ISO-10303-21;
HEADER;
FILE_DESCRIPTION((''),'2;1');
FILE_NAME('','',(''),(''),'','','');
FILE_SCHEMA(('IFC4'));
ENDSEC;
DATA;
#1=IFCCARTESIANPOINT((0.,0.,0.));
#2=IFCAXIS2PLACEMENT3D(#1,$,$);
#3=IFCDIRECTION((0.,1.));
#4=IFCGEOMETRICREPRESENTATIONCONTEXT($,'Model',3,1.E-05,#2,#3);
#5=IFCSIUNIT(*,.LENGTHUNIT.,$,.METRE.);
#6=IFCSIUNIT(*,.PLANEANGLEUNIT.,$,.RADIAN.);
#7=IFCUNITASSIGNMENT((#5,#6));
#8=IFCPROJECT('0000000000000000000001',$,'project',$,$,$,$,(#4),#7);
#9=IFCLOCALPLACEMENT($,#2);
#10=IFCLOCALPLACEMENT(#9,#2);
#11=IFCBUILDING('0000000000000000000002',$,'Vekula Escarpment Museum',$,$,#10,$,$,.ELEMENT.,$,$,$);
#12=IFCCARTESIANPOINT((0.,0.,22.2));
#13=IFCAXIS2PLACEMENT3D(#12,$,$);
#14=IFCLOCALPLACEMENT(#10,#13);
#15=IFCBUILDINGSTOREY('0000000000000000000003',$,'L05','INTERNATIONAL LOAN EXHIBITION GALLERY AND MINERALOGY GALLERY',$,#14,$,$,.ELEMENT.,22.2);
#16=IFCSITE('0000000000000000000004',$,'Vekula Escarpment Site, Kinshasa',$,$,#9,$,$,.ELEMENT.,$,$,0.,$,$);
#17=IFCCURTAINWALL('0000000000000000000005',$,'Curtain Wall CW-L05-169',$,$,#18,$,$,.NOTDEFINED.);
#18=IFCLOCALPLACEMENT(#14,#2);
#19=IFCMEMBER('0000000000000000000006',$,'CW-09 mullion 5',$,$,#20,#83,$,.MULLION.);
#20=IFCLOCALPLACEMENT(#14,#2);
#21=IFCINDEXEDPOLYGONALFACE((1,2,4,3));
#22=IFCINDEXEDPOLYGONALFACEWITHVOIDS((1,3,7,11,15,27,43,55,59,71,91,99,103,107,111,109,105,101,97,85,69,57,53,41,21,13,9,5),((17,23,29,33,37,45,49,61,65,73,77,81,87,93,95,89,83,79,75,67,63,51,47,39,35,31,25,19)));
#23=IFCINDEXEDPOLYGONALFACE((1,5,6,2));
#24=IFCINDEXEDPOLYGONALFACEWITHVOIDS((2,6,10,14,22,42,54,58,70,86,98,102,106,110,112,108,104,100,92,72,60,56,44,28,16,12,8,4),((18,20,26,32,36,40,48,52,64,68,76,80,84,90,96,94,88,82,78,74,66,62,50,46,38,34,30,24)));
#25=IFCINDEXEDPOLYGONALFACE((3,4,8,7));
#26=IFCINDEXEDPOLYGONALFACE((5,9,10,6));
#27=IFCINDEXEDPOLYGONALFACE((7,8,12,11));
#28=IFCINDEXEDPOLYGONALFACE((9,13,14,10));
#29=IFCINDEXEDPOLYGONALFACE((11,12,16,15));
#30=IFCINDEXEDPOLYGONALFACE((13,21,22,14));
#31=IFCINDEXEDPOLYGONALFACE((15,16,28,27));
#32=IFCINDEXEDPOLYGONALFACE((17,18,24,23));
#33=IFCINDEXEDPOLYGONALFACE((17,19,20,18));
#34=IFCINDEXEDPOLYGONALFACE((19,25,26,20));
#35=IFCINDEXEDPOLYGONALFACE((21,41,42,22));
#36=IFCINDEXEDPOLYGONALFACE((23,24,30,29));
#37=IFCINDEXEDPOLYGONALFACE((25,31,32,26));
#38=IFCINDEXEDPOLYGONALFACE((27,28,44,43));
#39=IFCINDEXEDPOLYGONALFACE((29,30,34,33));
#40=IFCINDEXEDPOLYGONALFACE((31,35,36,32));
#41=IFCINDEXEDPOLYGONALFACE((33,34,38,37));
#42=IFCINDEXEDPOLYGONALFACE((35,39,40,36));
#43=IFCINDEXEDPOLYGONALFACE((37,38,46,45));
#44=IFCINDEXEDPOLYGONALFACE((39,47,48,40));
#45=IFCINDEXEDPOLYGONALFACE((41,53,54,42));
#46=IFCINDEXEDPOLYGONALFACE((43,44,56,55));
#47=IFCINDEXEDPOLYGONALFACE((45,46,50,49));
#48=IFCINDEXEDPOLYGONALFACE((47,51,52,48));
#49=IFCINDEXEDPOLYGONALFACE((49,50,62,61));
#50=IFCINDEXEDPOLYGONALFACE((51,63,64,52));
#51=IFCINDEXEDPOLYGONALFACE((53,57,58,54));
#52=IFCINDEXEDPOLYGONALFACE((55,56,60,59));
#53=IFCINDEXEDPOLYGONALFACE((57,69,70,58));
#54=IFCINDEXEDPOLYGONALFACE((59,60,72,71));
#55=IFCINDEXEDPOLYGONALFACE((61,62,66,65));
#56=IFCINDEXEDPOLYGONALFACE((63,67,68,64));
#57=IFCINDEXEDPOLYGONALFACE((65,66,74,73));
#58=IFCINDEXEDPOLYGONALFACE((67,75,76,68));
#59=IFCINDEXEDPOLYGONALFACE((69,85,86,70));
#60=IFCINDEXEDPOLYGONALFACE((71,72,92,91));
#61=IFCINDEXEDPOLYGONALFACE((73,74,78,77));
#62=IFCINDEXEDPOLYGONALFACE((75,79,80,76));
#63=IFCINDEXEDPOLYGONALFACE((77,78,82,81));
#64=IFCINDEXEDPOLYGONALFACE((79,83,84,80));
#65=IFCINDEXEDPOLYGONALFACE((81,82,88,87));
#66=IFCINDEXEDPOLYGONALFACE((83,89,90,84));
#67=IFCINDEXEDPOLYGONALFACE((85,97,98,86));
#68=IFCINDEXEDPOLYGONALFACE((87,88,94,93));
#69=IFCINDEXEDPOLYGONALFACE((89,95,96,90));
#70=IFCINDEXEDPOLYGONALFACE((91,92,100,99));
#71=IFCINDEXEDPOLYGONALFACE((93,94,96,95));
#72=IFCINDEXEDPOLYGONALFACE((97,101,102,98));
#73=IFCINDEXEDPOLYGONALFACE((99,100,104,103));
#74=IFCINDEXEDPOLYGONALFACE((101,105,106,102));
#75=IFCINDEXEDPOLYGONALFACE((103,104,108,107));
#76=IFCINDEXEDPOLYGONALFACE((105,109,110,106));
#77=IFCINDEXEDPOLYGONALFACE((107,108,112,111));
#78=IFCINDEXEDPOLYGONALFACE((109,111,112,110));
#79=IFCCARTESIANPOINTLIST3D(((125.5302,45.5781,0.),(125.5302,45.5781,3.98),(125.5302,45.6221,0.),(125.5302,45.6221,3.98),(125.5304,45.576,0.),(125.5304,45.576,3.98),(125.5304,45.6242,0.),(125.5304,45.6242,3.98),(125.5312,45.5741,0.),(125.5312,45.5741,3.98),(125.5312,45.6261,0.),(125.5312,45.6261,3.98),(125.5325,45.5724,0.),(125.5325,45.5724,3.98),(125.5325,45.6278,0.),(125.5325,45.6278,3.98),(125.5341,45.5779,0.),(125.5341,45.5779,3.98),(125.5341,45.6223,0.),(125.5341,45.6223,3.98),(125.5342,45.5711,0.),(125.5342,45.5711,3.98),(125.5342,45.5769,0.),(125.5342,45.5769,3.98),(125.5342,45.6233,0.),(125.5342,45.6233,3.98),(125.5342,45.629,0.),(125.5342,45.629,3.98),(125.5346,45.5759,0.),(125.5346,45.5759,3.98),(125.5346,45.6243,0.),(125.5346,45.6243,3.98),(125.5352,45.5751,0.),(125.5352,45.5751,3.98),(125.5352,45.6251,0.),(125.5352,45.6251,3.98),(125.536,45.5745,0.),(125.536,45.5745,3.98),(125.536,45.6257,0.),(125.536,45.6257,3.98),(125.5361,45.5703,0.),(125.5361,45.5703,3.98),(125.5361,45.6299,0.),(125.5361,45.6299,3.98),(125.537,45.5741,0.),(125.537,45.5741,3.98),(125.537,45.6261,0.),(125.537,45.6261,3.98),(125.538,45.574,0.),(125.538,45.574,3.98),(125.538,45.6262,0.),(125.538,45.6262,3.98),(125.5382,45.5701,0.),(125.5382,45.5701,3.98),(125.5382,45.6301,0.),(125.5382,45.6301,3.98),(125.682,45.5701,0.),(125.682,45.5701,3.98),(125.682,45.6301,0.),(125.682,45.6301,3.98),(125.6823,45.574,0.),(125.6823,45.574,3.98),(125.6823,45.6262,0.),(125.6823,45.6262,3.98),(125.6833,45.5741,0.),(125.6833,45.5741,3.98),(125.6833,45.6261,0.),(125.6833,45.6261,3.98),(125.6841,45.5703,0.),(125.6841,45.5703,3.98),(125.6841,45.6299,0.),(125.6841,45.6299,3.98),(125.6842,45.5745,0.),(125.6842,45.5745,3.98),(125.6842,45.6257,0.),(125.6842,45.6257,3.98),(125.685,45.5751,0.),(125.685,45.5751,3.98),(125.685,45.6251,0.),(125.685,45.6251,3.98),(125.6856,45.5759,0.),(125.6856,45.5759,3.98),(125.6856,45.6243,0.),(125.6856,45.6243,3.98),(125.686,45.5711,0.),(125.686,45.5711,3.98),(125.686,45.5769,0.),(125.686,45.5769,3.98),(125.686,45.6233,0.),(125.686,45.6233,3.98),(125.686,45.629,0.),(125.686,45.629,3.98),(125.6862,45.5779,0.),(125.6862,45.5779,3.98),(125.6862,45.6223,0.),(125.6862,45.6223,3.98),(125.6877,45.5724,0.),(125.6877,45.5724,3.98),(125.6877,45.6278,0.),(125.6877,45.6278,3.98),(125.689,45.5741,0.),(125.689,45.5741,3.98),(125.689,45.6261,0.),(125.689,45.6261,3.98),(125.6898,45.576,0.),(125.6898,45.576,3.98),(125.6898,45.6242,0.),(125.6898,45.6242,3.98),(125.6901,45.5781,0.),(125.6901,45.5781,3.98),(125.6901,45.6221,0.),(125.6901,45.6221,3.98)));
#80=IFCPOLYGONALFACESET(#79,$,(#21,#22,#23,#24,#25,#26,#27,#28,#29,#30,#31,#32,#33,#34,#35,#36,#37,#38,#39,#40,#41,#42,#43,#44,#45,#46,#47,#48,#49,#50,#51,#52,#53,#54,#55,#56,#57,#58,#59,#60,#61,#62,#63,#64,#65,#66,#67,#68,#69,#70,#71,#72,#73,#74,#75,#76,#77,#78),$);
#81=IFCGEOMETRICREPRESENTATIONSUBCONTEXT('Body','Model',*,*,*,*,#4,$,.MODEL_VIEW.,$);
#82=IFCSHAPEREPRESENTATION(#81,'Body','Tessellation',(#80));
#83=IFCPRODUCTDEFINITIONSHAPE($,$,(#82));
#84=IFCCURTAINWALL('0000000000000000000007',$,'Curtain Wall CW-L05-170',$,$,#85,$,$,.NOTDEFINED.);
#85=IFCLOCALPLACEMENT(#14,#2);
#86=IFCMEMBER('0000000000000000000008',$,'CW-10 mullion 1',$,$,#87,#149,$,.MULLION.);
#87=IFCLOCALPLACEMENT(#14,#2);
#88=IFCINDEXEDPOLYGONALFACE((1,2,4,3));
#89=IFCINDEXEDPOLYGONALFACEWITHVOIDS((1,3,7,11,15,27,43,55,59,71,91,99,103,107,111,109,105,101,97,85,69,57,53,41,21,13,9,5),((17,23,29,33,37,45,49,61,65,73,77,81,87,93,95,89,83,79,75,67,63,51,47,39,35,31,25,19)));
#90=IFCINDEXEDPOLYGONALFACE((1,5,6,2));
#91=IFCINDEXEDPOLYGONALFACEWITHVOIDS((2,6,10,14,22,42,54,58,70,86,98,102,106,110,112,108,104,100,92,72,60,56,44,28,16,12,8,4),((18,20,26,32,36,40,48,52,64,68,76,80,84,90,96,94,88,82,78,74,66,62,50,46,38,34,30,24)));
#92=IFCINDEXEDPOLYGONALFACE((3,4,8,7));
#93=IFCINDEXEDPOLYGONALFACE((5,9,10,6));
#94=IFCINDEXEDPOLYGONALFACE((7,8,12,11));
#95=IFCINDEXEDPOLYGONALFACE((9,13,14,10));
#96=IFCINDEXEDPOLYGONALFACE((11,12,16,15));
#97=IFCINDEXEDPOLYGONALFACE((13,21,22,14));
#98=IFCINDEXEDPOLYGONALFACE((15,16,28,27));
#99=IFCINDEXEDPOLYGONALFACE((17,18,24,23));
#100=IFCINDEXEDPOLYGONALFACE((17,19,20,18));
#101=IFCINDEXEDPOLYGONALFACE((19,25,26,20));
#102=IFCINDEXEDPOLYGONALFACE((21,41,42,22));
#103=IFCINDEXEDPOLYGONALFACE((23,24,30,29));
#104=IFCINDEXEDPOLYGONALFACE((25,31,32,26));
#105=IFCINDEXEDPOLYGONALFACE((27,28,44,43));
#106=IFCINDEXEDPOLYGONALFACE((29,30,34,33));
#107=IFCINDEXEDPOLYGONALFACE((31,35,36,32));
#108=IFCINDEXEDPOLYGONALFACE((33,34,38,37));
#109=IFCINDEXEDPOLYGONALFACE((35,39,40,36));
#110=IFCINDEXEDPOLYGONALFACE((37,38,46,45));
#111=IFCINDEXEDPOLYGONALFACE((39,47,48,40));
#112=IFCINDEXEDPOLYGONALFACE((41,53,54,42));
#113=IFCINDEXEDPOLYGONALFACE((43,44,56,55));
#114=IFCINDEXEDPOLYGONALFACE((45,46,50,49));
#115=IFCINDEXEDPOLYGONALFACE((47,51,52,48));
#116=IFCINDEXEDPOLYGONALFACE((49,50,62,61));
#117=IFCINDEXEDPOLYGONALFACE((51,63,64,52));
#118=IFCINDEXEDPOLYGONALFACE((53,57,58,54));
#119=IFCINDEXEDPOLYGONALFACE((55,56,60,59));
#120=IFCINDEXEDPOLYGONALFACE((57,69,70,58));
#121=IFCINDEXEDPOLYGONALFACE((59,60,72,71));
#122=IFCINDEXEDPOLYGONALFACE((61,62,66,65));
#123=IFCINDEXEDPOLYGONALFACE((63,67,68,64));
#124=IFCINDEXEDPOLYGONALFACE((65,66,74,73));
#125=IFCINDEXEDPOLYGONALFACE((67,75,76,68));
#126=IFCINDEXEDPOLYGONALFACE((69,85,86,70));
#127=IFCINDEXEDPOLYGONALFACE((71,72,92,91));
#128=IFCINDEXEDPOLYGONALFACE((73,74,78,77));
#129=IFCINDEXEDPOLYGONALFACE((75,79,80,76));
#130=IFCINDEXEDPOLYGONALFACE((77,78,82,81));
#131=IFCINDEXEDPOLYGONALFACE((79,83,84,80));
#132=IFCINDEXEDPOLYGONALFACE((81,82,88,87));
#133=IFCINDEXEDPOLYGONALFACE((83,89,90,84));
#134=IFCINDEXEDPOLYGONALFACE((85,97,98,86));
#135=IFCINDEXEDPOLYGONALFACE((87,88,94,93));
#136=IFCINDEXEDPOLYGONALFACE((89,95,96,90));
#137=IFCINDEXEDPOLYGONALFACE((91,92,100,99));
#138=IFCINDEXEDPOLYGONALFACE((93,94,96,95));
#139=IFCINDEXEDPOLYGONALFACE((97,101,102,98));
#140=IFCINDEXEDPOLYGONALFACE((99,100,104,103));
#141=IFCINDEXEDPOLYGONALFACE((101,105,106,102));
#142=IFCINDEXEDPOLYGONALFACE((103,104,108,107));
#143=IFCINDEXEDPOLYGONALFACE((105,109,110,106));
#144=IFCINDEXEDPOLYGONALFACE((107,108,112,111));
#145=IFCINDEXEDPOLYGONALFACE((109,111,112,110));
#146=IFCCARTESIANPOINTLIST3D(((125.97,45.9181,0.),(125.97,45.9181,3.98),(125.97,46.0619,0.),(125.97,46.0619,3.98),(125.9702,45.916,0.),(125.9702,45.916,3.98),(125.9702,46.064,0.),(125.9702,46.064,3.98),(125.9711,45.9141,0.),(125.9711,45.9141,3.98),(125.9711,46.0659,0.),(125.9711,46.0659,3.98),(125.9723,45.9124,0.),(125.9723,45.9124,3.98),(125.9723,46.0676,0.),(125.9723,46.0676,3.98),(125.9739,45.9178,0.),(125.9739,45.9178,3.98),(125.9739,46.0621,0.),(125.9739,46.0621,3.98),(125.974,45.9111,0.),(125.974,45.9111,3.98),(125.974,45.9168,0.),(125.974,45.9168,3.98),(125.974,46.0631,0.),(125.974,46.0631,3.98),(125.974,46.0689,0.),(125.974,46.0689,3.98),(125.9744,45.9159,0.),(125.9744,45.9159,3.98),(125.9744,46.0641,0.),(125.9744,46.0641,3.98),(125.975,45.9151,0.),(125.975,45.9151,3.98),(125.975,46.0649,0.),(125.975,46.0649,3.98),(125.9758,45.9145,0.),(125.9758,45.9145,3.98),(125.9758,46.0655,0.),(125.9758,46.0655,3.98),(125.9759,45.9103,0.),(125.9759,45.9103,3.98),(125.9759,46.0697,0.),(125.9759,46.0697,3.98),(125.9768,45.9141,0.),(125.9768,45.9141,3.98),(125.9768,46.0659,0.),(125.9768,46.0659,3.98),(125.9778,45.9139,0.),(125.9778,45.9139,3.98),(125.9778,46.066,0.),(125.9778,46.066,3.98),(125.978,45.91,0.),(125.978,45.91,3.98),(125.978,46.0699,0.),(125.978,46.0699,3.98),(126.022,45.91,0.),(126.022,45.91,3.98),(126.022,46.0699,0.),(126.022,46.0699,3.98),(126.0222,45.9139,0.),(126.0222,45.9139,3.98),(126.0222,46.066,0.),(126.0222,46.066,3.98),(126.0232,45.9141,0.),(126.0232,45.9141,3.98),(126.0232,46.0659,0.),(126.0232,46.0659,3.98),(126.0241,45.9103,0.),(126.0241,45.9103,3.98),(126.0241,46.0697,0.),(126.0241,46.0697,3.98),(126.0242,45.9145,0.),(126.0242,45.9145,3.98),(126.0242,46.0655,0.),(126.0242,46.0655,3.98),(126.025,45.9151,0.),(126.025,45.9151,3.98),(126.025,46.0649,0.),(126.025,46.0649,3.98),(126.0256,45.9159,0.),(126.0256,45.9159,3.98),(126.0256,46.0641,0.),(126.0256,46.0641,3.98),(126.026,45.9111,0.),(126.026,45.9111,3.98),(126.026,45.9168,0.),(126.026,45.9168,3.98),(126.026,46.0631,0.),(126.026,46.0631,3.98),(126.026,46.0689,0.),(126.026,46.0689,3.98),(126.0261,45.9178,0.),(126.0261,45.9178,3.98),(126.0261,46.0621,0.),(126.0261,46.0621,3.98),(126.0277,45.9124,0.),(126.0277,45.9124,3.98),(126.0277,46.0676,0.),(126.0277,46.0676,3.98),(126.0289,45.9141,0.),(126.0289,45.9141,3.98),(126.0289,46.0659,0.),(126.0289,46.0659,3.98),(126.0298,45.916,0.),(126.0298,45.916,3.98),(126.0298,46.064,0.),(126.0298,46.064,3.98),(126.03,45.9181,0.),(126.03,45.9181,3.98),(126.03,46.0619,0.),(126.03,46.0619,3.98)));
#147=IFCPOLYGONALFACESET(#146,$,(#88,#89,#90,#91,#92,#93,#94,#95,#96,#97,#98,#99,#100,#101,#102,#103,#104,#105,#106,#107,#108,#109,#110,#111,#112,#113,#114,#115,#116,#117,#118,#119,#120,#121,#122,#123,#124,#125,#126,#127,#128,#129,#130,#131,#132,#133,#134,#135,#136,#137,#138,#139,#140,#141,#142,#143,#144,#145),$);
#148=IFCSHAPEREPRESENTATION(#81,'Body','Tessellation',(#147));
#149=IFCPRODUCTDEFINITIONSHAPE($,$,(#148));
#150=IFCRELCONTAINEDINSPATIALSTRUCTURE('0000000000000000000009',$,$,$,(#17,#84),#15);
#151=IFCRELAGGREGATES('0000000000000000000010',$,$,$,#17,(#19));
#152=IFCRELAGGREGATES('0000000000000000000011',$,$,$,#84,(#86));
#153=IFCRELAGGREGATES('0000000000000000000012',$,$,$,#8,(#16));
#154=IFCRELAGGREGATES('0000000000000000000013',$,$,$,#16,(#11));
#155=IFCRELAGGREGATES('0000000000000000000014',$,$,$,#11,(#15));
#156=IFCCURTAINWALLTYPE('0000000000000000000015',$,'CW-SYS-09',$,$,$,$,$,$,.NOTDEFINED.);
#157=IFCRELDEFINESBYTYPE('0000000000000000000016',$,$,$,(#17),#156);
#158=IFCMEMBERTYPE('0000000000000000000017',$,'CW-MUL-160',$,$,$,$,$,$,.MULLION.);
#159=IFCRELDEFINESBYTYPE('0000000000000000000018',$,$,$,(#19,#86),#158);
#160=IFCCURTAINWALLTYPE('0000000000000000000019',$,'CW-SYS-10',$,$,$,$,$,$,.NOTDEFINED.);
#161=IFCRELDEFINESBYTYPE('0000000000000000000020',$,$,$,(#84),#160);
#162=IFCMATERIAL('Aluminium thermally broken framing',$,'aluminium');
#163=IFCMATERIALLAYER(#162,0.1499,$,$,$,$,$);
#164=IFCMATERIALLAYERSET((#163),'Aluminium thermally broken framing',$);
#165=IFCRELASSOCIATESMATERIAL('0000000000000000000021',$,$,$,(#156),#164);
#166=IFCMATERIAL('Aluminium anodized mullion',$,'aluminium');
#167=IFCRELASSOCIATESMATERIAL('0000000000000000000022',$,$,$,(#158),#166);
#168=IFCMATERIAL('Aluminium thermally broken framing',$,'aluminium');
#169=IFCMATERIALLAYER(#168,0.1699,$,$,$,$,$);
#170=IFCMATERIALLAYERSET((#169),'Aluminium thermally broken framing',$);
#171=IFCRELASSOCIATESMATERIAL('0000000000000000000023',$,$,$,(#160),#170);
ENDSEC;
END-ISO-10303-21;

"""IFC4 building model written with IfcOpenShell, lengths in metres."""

from ifc_helpers import new_model, si_unit, direction, frame, origin, origin_2d, place, context, subcontext, project, spatial, hollow_rectangle, extrude, material, layer, layer_set, material_profile, profile_set, type_object, element, aggregate, save


model = new_model("IFC4")

# Units and contexts
model_context = context("Model", 3, precision=1e-05, world=origin(), true_north=direction((0.0, 1.0)))
body_context = subcontext(model_context, "Body", "Model", "MODEL_VIEW")
ifc_project = project(units=[si_unit("LENGTHUNIT", "METRE"), si_unit("PLANEANGLEUNIT", "RADIAN")], contexts=[model_context])

# Site, building, storey
site_placement = place(None, origin())
site = spatial("IfcSite", under=ifc_project, at=site_placement, Name="Vekula Escarpment Site, Kinshasa", CompositionType="ELEMENT", RefElevation=0.0)
building_placement = place(site_placement, origin())
building = spatial("IfcBuilding", under=site, at=building_placement, Name="Vekula Escarpment Museum", CompositionType="ELEMENT")
storey_placement = place(building_placement, frame((0.0, 0.0, 22.2)))
storey = spatial("IfcBuildingStorey", under=building, at=storey_placement, Name="L05", Description="INTERNATIONAL LOAN EXHIBITION GALLERY AND MINERALOGY GALLERY", CompositionType="ELEMENT", Elevation=22.2)

# Curtain wall, member
ifc_material_1 = material(Name="Aluminium thermally broken framing", Category="aluminium")
ifc_layer_1 = layer(ifc_material_1, 0.1499)
ifc_layer_set_1 = layer_set([ifc_layer_1], Name="Aluminium thermally broken framing")
curtain_wall_type_1 = type_object("IfcCurtainWallType", Name="CW-SYS-09", PredefinedType="NOTDEFINED", material=ifc_layer_set_1)
curtain_wall_1_placement = place(storey_placement, origin())
curtain_wall_1 = element("IfcCurtainWall", 1, at=curtain_wall_1_placement, inside=storey, type_object=curtain_wall_type_1, Name="Curtain Wall CW-L05-169", PredefinedType="NOTDEFINED")
ifc_material_2 = material(Name="Aluminium anodized mullion", Category="aluminium")
ifc_material_profile_1 = material_profile(ifc_material_2, hollow_rectangle(XDim=0.0601, YDim=0.1599, WallThickness=0.0039, InnerFilletRadius=0.0039, OuterFilletRadius=0.0081, at=origin_2d()), Name="ALU 160x60x4")
ifc_profile_set_1 = profile_set([ifc_material_profile_1], Name="Aluminium anodized mullion")
member_type_1 = type_object("IfcMemberType", Name="CW-MUL-160", PredefinedType="MULLION", material=ifc_profile_set_1)
member_1_placement = place(storey_placement, frame((125.6101, 45.6001, 0.0), z_axis=(0.0, 0.0, 1.0), x_axis=(0.0, 1.0, 0.0)))
member_1 = element("IfcMember", 2, at=member_1_placement, type_object=member_type_1, Name="CW-09 mullion 5", PredefinedType="MULLION", context=body_context, shape_type="SweptSolid", body=[
    extrude(hollow_rectangle(XDim=0.0601, YDim=0.1599, WallThickness=0.0039, InnerFilletRadius=0.0039, OuterFilletRadius=0.0081, at=origin_2d()), origin(), (0.0, 0.0, 1.0), 3.98),
])

# Curtain wall, member
ifc_material_3 = material(Name="Aluminium thermally broken framing", Category="aluminium")
ifc_layer_2 = layer(ifc_material_3, 0.1699)
ifc_layer_set_2 = layer_set([ifc_layer_2], Name="Aluminium thermally broken framing")
curtain_wall_type_2 = type_object("IfcCurtainWallType", Name="CW-SYS-10", PredefinedType="NOTDEFINED", material=ifc_layer_set_2)
curtain_wall_2_placement = place(storey_placement, origin())
curtain_wall_2 = element("IfcCurtainWall", 3, at=curtain_wall_2_placement, inside=storey, type_object=curtain_wall_type_2, Name="Curtain Wall CW-L05-170", PredefinedType="NOTDEFINED")
member_2_placement = place(storey_placement, frame((126.0, 45.99, 0.0), z_axis=(0.0, 0.0, 1.0), x_axis=(-1.0, 0.0, 0.0)))
member_2 = element("IfcMember", 4, at=member_2_placement, type_object=member_type_1, Name="CW-10 mullion 1", PredefinedType="MULLION", context=body_context, shape_type="SweptSolid", body=[
    extrude(hollow_rectangle(XDim=0.0601, YDim=0.1599, WallThickness=0.0039, InnerFilletRadius=0.0039, OuterFilletRadius=0.0081, at=origin_2d()), origin(), (0.0, 0.0, 1.0), 3.98),
])

aggregate(curtain_wall_1, [member_1])
aggregate(curtain_wall_2, [member_2])

save(model, "model.ifc")
